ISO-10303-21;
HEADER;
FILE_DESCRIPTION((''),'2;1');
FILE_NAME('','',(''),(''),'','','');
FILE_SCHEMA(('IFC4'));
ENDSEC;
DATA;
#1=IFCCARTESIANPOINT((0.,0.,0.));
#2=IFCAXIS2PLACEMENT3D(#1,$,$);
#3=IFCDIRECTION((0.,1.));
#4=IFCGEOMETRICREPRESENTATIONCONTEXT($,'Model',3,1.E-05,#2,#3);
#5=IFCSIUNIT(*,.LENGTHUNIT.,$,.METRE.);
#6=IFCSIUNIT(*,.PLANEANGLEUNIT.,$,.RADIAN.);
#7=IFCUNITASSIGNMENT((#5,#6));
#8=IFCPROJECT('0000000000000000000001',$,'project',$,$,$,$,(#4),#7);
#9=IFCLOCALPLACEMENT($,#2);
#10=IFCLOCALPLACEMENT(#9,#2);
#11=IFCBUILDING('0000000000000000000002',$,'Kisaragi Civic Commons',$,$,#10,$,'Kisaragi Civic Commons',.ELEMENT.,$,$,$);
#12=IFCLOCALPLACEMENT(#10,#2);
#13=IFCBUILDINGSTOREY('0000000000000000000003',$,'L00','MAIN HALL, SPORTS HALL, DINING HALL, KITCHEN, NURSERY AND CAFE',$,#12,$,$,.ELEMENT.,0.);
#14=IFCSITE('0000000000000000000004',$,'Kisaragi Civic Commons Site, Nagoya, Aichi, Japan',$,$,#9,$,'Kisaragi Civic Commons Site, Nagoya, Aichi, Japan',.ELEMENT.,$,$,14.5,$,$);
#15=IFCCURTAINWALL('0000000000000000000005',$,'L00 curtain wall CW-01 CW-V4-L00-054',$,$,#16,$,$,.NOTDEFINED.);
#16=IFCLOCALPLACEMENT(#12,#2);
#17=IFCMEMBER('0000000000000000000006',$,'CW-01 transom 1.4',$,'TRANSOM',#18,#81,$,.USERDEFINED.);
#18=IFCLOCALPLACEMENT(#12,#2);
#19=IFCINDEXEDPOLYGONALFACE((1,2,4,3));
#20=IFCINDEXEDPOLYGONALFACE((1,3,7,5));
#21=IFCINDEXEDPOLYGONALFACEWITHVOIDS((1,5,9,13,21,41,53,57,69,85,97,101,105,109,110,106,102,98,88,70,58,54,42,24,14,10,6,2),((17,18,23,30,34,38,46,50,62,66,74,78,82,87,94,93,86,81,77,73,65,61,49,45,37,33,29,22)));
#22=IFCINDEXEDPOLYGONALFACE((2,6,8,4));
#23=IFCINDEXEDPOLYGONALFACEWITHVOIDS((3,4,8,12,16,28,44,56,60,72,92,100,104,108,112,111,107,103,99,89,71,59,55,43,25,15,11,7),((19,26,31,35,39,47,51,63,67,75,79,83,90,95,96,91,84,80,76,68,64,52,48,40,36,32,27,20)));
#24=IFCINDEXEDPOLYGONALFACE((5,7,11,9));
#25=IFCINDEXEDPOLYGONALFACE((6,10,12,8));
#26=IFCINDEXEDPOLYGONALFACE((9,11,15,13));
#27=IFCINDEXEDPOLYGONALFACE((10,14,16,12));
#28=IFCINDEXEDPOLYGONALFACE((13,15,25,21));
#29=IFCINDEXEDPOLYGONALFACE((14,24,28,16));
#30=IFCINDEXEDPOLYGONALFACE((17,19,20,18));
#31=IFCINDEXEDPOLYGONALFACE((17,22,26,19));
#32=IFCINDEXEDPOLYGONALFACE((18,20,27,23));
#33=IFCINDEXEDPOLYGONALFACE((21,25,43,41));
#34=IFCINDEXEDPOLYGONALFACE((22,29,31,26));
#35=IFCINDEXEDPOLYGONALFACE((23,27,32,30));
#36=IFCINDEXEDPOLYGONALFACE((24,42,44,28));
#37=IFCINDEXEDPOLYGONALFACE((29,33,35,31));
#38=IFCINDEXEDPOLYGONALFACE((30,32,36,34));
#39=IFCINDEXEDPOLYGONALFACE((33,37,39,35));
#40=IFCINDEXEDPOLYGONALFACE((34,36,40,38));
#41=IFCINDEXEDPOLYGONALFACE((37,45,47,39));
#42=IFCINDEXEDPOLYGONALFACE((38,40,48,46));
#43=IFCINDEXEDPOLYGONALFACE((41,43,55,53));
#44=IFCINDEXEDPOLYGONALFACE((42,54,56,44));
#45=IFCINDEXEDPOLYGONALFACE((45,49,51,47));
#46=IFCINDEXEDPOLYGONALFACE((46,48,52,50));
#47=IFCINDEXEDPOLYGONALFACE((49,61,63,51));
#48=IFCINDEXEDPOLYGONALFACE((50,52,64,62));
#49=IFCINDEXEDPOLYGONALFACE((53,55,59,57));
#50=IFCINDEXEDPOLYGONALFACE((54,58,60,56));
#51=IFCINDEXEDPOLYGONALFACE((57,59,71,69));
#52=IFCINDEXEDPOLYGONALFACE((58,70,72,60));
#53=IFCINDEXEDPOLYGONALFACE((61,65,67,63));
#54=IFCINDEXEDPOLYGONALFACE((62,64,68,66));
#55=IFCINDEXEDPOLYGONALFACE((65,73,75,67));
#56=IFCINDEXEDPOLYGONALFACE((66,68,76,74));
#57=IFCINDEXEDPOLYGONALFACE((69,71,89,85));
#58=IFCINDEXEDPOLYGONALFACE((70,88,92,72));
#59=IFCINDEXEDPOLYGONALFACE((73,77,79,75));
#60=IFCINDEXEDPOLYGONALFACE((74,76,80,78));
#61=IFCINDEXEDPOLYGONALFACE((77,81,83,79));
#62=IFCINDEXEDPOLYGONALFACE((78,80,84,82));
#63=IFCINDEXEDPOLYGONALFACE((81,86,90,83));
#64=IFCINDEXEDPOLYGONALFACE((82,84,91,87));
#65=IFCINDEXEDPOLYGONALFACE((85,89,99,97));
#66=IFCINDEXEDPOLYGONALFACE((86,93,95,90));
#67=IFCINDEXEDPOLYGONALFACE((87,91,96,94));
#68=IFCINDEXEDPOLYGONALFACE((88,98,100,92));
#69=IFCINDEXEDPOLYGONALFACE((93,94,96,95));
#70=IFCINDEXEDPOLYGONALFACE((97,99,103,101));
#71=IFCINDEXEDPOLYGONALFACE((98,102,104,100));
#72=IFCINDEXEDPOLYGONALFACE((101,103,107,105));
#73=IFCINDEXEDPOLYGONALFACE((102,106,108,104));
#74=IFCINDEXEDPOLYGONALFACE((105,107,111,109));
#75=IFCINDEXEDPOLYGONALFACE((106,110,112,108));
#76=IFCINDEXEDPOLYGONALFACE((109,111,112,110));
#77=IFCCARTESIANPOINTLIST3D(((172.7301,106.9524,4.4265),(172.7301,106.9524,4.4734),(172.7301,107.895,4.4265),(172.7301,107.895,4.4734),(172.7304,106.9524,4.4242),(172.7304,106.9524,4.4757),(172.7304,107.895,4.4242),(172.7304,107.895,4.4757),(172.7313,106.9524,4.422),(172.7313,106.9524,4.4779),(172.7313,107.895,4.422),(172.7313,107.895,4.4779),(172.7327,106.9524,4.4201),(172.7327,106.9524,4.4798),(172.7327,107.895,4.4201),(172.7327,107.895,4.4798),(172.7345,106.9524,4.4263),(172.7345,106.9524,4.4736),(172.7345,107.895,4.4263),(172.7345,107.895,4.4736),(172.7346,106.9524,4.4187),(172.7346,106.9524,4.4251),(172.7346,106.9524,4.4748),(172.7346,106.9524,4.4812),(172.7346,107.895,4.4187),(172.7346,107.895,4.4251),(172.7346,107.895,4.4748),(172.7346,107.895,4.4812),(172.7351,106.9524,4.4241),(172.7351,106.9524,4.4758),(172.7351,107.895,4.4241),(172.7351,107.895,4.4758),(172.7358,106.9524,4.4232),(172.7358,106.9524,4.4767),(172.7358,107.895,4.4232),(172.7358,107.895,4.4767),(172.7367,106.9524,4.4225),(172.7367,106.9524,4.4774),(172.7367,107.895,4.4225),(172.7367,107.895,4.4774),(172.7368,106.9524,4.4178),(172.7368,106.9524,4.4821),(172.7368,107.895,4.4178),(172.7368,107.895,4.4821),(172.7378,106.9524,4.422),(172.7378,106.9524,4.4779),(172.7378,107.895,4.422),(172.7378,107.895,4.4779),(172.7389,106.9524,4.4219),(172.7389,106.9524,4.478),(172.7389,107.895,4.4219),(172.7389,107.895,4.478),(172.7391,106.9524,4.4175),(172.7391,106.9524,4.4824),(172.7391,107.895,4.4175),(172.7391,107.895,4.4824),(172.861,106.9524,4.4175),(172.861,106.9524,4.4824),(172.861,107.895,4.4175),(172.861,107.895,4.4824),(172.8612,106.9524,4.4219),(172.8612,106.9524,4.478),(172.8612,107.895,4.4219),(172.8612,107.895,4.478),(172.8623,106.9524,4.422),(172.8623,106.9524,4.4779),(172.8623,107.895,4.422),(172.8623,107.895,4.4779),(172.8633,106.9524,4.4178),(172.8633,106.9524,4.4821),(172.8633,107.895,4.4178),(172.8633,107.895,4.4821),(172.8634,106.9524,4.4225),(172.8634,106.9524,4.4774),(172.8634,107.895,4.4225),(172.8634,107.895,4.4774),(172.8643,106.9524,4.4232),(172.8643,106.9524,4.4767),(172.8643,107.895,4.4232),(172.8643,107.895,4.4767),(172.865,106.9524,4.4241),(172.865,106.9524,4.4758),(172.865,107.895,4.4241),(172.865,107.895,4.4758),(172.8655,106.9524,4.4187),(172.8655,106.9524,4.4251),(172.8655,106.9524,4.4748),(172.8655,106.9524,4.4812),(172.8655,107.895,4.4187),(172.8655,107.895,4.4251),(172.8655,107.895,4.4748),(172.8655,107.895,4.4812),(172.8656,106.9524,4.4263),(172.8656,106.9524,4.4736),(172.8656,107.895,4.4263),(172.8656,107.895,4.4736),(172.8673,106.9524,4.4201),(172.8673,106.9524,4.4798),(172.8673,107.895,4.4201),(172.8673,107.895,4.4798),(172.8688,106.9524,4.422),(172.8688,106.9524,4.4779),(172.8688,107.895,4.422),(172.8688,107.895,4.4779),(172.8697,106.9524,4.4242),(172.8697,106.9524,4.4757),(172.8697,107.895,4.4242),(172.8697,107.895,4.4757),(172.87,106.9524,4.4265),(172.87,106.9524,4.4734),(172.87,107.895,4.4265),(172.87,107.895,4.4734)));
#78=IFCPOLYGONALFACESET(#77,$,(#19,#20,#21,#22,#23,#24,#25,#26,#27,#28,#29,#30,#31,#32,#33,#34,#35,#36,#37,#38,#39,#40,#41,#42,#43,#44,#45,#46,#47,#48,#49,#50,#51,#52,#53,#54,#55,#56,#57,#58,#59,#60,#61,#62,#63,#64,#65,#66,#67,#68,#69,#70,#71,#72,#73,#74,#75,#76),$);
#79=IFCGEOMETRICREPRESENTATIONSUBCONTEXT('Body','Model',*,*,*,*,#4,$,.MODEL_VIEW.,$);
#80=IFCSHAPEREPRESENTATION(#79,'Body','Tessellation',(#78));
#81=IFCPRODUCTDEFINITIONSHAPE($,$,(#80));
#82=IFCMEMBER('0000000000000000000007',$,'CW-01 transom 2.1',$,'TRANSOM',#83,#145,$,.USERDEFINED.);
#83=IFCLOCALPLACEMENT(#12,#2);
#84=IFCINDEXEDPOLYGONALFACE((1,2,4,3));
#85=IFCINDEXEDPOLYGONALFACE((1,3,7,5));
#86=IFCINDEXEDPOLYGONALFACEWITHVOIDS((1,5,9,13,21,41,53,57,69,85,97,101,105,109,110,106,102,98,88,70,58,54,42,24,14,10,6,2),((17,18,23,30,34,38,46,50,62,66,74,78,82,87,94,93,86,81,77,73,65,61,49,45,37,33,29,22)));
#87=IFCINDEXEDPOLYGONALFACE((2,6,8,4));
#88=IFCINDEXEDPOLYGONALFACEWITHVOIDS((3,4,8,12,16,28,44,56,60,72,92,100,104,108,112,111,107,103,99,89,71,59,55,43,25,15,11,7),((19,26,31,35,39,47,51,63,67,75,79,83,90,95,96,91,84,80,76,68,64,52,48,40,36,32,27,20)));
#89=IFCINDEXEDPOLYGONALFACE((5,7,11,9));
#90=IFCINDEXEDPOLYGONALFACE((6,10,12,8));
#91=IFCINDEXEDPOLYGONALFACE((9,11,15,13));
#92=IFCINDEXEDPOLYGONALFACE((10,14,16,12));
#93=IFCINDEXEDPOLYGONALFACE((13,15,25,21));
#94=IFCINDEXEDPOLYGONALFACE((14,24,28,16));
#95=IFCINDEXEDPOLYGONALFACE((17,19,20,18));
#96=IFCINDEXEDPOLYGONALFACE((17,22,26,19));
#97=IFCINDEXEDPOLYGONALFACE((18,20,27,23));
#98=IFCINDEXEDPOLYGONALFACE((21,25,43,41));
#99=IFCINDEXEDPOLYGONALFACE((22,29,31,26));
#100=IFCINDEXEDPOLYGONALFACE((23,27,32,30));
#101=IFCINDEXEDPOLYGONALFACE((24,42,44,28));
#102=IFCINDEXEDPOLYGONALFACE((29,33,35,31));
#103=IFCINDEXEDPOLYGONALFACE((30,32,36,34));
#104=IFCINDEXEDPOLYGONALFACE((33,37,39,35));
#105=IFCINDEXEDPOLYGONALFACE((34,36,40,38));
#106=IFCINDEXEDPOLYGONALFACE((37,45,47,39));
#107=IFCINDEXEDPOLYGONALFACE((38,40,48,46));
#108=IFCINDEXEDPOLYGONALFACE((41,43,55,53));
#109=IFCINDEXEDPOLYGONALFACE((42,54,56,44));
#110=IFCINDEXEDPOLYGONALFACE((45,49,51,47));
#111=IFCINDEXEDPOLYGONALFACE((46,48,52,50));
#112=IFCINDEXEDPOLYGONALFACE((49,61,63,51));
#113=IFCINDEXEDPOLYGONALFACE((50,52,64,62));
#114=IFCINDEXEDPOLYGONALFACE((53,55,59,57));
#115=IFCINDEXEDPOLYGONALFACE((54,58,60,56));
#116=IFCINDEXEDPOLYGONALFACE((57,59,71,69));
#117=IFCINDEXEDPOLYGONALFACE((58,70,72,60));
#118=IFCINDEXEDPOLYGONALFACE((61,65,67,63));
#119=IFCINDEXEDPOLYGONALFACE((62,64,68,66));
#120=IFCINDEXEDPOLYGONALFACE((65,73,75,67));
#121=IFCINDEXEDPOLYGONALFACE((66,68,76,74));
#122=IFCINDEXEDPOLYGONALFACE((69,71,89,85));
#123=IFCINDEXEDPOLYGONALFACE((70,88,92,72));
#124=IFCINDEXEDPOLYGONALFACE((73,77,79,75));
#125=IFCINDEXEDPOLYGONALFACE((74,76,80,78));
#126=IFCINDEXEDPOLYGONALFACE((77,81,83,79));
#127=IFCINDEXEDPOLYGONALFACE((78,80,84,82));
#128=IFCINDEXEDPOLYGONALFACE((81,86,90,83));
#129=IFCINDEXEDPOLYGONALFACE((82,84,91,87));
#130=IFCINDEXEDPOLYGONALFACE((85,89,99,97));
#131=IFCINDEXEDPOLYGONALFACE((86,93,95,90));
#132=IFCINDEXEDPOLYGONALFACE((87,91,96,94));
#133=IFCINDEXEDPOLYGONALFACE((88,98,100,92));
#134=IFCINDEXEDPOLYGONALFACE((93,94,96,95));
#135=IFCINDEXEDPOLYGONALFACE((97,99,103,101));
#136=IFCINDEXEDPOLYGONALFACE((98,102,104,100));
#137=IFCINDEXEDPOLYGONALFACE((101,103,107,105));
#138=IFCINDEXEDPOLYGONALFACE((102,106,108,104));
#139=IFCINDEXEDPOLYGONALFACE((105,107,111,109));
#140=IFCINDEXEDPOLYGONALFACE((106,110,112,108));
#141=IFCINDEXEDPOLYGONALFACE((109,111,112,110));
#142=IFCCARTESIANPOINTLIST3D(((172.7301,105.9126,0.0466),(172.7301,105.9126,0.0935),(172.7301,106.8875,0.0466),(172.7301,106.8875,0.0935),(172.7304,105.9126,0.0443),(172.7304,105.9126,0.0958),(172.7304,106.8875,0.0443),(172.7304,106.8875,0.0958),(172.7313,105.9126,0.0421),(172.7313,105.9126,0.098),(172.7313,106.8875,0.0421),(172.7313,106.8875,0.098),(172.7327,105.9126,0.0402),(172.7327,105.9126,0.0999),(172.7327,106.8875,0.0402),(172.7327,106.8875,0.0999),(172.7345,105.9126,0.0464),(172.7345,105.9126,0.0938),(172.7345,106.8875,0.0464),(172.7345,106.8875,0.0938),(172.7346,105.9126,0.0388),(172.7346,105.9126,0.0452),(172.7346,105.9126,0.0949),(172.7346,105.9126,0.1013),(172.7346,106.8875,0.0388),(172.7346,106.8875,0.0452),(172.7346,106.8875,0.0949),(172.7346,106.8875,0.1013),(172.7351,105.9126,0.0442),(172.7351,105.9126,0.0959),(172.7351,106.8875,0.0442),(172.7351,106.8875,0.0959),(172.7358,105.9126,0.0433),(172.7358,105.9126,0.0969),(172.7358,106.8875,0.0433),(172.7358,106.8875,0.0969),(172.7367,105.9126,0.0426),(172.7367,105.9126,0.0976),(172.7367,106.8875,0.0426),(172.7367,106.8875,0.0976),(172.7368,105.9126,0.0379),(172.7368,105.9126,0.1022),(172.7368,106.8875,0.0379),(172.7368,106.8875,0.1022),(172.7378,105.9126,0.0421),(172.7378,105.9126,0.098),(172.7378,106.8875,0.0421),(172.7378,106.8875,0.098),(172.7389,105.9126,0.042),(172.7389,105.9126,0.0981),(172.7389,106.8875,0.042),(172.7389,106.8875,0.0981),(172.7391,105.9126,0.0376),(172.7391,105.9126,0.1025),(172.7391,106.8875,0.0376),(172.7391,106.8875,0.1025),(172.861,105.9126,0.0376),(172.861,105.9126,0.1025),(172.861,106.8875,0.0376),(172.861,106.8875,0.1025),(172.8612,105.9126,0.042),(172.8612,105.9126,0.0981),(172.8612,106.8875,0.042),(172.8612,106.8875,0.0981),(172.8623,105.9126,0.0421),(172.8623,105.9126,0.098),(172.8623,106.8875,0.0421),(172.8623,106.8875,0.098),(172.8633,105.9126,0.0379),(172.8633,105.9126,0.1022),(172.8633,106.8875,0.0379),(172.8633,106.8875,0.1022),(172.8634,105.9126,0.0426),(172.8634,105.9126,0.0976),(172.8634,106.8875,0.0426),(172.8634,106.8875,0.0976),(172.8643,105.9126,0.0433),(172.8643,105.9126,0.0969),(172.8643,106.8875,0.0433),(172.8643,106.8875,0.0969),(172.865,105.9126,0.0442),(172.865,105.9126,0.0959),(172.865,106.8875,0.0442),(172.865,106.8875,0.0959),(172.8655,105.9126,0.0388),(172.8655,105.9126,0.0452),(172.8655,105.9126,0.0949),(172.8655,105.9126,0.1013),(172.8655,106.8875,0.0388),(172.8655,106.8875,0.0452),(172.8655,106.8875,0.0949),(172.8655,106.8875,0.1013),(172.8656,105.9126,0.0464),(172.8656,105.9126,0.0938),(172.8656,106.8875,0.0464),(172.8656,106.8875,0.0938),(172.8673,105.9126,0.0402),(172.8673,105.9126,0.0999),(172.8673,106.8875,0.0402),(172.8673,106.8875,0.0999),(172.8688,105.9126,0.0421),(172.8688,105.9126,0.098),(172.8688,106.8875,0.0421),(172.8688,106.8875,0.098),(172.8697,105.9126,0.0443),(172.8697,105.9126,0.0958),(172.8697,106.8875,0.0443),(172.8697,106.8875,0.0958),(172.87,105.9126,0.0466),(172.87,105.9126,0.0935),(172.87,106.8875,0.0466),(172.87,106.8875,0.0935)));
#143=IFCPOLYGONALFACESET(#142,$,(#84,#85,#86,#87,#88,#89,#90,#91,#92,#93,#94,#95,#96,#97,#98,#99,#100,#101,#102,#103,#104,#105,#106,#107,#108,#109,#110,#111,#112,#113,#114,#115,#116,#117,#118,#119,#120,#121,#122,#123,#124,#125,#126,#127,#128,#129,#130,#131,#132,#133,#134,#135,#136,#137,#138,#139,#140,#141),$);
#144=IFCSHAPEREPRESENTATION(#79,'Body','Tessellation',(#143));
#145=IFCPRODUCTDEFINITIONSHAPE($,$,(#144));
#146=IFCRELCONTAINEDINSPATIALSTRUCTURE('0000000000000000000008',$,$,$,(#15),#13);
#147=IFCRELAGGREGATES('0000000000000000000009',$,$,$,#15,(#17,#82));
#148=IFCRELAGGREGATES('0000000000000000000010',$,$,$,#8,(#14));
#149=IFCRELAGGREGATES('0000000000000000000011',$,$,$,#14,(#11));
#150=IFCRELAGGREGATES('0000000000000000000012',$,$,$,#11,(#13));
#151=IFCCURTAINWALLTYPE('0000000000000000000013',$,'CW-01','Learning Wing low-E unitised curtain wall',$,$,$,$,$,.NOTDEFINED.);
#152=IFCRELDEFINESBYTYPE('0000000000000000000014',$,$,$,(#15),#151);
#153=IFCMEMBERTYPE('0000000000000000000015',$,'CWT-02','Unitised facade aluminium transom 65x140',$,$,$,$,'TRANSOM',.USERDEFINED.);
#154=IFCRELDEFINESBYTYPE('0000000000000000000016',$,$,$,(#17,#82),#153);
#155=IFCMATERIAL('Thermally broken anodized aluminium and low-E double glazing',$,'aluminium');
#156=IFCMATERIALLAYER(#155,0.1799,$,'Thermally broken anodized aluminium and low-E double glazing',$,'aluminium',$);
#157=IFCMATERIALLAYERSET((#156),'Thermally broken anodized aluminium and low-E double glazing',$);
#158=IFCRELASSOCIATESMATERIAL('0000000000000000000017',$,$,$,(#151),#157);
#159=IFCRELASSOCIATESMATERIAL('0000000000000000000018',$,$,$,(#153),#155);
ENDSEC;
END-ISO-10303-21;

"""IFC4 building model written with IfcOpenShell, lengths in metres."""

from ifc_helpers import new_model, si_unit, direction, frame, origin, origin_2d, place, context, subcontext, project, spatial, hollow_rectangle, extrude, material, layer, layer_set, material_profile, profile_set, type_object, element, aggregate, save


model = new_model("IFC4")

# Units and contexts
model_context = context("Model", 3, precision=1e-05, world=origin(), true_north=direction((0.0, 1.0)))
body_context = subcontext(model_context, "Body", "Model", "MODEL_VIEW")
ifc_project = project(units=[si_unit("LENGTHUNIT", "METRE"), si_unit("PLANEANGLEUNIT", "RADIAN")], contexts=[model_context])

# Site, building, storey
site_placement = place(None, origin())
site = spatial("IfcSite", under=ifc_project, at=site_placement, Name="Kisaragi Civic Commons Site, Nagoya, Aichi, Japan", LongName="Kisaragi Civic Commons Site, Nagoya, Aichi, Japan", CompositionType="ELEMENT", RefElevation=14.5)
building_placement = place(site_placement, origin())
building = spatial("IfcBuilding", under=site, at=building_placement, Name="Kisaragi Civic Commons", LongName="Kisaragi Civic Commons", CompositionType="ELEMENT")
storey_placement = place(building_placement, origin())
storey = spatial("IfcBuildingStorey", under=building, at=storey_placement, Name="L00", Description="MAIN HALL, SPORTS HALL, DINING HALL, KITCHEN, NURSERY AND CAFE", CompositionType="ELEMENT", Elevation=0.0)

# Shared definitions
ifc_material_1 = material(Name="Thermally broken anodized aluminium and low-E double glazing", Category="aluminium")
ifc_layer_1 = layer(ifc_material_1, 0.1799, Name="Thermally broken anodized aluminium and low-E double glazing", Category="aluminium")
ifc_layer_set_1 = layer_set([ifc_layer_1], Name="Thermally broken anodized aluminium and low-E double glazing")
curtain_wall_type = type_object("IfcCurtainWallType", Name="CW-01", Description="Learning Wing low-E unitised curtain wall", PredefinedType="NOTDEFINED", material=ifc_layer_set_1)

# Curtain wall, members
curtain_wall_1_placement = place(storey_placement, origin())
curtain_wall_1 = element("IfcCurtainWall", 1, at=curtain_wall_1_placement, inside=storey, type_object=curtain_wall_type, Name="L00 curtain wall CW-01 CW-V4-L00-054", PredefinedType="NOTDEFINED")
ifc_material_profile_1 = material_profile(ifc_material_1, hollow_rectangle(XDim=0.1399, YDim=0.0649, WallThickness=0.0044, InnerFilletRadius=0.0044, OuterFilletRadius=0.009, at=origin_2d()), Name="CWT-65x140x4.5", Category="aluminium")
ifc_profile_set_1 = profile_set([ifc_material_profile_1], Name="Thermally broken anodized aluminium and low-E double glazing")
member_type_1 = type_object("IfcMemberType", Name="CWT-02", Description="Unitised facade aluminium transom 65x140", ElementType="TRANSOM", PredefinedType="USERDEFINED", material=ifc_profile_set_1)
member_1_placement = place(storey_placement, frame((172.8, 107.895, 4.45), z_axis=(0.0, -1.0, 0.0), x_axis=(1.0, 0.0, 0.0)))
member_1 = element("IfcMember", 2, at=member_1_placement, type_object=member_type_1, Name="CW-01 transom 1.4", ObjectType="TRANSOM", PredefinedType="USERDEFINED", context=body_context, shape_type="SweptSolid", body=[
    extrude(hollow_rectangle(XDim=0.1399, YDim=0.0649, WallThickness=0.0044, InnerFilletRadius=0.0044, OuterFilletRadius=0.009, at=origin_2d()), origin(), (0.0, 0.0, 1.0), 0.9426),
])
member_2_placement = place(storey_placement, frame((172.8, 106.8875, 0.0701), z_axis=(0.0, -1.0, 0.0), x_axis=(1.0, 0.0, 0.0)))
member_2 = element("IfcMember", 3, at=member_2_placement, type_object=member_type_1, Name="CW-01 transom 2.1", ObjectType="TRANSOM", PredefinedType="USERDEFINED", context=body_context, shape_type="SweptSolid", body=[
    extrude(hollow_rectangle(XDim=0.1399, YDim=0.0649, WallThickness=0.0044, InnerFilletRadius=0.0044, OuterFilletRadius=0.009, at=origin_2d()), origin(), (0.0, 0.0, 1.0), 0.9749),
])

aggregate(curtain_wall_1, [member_1, member_2])

save(model, "model.ifc")
